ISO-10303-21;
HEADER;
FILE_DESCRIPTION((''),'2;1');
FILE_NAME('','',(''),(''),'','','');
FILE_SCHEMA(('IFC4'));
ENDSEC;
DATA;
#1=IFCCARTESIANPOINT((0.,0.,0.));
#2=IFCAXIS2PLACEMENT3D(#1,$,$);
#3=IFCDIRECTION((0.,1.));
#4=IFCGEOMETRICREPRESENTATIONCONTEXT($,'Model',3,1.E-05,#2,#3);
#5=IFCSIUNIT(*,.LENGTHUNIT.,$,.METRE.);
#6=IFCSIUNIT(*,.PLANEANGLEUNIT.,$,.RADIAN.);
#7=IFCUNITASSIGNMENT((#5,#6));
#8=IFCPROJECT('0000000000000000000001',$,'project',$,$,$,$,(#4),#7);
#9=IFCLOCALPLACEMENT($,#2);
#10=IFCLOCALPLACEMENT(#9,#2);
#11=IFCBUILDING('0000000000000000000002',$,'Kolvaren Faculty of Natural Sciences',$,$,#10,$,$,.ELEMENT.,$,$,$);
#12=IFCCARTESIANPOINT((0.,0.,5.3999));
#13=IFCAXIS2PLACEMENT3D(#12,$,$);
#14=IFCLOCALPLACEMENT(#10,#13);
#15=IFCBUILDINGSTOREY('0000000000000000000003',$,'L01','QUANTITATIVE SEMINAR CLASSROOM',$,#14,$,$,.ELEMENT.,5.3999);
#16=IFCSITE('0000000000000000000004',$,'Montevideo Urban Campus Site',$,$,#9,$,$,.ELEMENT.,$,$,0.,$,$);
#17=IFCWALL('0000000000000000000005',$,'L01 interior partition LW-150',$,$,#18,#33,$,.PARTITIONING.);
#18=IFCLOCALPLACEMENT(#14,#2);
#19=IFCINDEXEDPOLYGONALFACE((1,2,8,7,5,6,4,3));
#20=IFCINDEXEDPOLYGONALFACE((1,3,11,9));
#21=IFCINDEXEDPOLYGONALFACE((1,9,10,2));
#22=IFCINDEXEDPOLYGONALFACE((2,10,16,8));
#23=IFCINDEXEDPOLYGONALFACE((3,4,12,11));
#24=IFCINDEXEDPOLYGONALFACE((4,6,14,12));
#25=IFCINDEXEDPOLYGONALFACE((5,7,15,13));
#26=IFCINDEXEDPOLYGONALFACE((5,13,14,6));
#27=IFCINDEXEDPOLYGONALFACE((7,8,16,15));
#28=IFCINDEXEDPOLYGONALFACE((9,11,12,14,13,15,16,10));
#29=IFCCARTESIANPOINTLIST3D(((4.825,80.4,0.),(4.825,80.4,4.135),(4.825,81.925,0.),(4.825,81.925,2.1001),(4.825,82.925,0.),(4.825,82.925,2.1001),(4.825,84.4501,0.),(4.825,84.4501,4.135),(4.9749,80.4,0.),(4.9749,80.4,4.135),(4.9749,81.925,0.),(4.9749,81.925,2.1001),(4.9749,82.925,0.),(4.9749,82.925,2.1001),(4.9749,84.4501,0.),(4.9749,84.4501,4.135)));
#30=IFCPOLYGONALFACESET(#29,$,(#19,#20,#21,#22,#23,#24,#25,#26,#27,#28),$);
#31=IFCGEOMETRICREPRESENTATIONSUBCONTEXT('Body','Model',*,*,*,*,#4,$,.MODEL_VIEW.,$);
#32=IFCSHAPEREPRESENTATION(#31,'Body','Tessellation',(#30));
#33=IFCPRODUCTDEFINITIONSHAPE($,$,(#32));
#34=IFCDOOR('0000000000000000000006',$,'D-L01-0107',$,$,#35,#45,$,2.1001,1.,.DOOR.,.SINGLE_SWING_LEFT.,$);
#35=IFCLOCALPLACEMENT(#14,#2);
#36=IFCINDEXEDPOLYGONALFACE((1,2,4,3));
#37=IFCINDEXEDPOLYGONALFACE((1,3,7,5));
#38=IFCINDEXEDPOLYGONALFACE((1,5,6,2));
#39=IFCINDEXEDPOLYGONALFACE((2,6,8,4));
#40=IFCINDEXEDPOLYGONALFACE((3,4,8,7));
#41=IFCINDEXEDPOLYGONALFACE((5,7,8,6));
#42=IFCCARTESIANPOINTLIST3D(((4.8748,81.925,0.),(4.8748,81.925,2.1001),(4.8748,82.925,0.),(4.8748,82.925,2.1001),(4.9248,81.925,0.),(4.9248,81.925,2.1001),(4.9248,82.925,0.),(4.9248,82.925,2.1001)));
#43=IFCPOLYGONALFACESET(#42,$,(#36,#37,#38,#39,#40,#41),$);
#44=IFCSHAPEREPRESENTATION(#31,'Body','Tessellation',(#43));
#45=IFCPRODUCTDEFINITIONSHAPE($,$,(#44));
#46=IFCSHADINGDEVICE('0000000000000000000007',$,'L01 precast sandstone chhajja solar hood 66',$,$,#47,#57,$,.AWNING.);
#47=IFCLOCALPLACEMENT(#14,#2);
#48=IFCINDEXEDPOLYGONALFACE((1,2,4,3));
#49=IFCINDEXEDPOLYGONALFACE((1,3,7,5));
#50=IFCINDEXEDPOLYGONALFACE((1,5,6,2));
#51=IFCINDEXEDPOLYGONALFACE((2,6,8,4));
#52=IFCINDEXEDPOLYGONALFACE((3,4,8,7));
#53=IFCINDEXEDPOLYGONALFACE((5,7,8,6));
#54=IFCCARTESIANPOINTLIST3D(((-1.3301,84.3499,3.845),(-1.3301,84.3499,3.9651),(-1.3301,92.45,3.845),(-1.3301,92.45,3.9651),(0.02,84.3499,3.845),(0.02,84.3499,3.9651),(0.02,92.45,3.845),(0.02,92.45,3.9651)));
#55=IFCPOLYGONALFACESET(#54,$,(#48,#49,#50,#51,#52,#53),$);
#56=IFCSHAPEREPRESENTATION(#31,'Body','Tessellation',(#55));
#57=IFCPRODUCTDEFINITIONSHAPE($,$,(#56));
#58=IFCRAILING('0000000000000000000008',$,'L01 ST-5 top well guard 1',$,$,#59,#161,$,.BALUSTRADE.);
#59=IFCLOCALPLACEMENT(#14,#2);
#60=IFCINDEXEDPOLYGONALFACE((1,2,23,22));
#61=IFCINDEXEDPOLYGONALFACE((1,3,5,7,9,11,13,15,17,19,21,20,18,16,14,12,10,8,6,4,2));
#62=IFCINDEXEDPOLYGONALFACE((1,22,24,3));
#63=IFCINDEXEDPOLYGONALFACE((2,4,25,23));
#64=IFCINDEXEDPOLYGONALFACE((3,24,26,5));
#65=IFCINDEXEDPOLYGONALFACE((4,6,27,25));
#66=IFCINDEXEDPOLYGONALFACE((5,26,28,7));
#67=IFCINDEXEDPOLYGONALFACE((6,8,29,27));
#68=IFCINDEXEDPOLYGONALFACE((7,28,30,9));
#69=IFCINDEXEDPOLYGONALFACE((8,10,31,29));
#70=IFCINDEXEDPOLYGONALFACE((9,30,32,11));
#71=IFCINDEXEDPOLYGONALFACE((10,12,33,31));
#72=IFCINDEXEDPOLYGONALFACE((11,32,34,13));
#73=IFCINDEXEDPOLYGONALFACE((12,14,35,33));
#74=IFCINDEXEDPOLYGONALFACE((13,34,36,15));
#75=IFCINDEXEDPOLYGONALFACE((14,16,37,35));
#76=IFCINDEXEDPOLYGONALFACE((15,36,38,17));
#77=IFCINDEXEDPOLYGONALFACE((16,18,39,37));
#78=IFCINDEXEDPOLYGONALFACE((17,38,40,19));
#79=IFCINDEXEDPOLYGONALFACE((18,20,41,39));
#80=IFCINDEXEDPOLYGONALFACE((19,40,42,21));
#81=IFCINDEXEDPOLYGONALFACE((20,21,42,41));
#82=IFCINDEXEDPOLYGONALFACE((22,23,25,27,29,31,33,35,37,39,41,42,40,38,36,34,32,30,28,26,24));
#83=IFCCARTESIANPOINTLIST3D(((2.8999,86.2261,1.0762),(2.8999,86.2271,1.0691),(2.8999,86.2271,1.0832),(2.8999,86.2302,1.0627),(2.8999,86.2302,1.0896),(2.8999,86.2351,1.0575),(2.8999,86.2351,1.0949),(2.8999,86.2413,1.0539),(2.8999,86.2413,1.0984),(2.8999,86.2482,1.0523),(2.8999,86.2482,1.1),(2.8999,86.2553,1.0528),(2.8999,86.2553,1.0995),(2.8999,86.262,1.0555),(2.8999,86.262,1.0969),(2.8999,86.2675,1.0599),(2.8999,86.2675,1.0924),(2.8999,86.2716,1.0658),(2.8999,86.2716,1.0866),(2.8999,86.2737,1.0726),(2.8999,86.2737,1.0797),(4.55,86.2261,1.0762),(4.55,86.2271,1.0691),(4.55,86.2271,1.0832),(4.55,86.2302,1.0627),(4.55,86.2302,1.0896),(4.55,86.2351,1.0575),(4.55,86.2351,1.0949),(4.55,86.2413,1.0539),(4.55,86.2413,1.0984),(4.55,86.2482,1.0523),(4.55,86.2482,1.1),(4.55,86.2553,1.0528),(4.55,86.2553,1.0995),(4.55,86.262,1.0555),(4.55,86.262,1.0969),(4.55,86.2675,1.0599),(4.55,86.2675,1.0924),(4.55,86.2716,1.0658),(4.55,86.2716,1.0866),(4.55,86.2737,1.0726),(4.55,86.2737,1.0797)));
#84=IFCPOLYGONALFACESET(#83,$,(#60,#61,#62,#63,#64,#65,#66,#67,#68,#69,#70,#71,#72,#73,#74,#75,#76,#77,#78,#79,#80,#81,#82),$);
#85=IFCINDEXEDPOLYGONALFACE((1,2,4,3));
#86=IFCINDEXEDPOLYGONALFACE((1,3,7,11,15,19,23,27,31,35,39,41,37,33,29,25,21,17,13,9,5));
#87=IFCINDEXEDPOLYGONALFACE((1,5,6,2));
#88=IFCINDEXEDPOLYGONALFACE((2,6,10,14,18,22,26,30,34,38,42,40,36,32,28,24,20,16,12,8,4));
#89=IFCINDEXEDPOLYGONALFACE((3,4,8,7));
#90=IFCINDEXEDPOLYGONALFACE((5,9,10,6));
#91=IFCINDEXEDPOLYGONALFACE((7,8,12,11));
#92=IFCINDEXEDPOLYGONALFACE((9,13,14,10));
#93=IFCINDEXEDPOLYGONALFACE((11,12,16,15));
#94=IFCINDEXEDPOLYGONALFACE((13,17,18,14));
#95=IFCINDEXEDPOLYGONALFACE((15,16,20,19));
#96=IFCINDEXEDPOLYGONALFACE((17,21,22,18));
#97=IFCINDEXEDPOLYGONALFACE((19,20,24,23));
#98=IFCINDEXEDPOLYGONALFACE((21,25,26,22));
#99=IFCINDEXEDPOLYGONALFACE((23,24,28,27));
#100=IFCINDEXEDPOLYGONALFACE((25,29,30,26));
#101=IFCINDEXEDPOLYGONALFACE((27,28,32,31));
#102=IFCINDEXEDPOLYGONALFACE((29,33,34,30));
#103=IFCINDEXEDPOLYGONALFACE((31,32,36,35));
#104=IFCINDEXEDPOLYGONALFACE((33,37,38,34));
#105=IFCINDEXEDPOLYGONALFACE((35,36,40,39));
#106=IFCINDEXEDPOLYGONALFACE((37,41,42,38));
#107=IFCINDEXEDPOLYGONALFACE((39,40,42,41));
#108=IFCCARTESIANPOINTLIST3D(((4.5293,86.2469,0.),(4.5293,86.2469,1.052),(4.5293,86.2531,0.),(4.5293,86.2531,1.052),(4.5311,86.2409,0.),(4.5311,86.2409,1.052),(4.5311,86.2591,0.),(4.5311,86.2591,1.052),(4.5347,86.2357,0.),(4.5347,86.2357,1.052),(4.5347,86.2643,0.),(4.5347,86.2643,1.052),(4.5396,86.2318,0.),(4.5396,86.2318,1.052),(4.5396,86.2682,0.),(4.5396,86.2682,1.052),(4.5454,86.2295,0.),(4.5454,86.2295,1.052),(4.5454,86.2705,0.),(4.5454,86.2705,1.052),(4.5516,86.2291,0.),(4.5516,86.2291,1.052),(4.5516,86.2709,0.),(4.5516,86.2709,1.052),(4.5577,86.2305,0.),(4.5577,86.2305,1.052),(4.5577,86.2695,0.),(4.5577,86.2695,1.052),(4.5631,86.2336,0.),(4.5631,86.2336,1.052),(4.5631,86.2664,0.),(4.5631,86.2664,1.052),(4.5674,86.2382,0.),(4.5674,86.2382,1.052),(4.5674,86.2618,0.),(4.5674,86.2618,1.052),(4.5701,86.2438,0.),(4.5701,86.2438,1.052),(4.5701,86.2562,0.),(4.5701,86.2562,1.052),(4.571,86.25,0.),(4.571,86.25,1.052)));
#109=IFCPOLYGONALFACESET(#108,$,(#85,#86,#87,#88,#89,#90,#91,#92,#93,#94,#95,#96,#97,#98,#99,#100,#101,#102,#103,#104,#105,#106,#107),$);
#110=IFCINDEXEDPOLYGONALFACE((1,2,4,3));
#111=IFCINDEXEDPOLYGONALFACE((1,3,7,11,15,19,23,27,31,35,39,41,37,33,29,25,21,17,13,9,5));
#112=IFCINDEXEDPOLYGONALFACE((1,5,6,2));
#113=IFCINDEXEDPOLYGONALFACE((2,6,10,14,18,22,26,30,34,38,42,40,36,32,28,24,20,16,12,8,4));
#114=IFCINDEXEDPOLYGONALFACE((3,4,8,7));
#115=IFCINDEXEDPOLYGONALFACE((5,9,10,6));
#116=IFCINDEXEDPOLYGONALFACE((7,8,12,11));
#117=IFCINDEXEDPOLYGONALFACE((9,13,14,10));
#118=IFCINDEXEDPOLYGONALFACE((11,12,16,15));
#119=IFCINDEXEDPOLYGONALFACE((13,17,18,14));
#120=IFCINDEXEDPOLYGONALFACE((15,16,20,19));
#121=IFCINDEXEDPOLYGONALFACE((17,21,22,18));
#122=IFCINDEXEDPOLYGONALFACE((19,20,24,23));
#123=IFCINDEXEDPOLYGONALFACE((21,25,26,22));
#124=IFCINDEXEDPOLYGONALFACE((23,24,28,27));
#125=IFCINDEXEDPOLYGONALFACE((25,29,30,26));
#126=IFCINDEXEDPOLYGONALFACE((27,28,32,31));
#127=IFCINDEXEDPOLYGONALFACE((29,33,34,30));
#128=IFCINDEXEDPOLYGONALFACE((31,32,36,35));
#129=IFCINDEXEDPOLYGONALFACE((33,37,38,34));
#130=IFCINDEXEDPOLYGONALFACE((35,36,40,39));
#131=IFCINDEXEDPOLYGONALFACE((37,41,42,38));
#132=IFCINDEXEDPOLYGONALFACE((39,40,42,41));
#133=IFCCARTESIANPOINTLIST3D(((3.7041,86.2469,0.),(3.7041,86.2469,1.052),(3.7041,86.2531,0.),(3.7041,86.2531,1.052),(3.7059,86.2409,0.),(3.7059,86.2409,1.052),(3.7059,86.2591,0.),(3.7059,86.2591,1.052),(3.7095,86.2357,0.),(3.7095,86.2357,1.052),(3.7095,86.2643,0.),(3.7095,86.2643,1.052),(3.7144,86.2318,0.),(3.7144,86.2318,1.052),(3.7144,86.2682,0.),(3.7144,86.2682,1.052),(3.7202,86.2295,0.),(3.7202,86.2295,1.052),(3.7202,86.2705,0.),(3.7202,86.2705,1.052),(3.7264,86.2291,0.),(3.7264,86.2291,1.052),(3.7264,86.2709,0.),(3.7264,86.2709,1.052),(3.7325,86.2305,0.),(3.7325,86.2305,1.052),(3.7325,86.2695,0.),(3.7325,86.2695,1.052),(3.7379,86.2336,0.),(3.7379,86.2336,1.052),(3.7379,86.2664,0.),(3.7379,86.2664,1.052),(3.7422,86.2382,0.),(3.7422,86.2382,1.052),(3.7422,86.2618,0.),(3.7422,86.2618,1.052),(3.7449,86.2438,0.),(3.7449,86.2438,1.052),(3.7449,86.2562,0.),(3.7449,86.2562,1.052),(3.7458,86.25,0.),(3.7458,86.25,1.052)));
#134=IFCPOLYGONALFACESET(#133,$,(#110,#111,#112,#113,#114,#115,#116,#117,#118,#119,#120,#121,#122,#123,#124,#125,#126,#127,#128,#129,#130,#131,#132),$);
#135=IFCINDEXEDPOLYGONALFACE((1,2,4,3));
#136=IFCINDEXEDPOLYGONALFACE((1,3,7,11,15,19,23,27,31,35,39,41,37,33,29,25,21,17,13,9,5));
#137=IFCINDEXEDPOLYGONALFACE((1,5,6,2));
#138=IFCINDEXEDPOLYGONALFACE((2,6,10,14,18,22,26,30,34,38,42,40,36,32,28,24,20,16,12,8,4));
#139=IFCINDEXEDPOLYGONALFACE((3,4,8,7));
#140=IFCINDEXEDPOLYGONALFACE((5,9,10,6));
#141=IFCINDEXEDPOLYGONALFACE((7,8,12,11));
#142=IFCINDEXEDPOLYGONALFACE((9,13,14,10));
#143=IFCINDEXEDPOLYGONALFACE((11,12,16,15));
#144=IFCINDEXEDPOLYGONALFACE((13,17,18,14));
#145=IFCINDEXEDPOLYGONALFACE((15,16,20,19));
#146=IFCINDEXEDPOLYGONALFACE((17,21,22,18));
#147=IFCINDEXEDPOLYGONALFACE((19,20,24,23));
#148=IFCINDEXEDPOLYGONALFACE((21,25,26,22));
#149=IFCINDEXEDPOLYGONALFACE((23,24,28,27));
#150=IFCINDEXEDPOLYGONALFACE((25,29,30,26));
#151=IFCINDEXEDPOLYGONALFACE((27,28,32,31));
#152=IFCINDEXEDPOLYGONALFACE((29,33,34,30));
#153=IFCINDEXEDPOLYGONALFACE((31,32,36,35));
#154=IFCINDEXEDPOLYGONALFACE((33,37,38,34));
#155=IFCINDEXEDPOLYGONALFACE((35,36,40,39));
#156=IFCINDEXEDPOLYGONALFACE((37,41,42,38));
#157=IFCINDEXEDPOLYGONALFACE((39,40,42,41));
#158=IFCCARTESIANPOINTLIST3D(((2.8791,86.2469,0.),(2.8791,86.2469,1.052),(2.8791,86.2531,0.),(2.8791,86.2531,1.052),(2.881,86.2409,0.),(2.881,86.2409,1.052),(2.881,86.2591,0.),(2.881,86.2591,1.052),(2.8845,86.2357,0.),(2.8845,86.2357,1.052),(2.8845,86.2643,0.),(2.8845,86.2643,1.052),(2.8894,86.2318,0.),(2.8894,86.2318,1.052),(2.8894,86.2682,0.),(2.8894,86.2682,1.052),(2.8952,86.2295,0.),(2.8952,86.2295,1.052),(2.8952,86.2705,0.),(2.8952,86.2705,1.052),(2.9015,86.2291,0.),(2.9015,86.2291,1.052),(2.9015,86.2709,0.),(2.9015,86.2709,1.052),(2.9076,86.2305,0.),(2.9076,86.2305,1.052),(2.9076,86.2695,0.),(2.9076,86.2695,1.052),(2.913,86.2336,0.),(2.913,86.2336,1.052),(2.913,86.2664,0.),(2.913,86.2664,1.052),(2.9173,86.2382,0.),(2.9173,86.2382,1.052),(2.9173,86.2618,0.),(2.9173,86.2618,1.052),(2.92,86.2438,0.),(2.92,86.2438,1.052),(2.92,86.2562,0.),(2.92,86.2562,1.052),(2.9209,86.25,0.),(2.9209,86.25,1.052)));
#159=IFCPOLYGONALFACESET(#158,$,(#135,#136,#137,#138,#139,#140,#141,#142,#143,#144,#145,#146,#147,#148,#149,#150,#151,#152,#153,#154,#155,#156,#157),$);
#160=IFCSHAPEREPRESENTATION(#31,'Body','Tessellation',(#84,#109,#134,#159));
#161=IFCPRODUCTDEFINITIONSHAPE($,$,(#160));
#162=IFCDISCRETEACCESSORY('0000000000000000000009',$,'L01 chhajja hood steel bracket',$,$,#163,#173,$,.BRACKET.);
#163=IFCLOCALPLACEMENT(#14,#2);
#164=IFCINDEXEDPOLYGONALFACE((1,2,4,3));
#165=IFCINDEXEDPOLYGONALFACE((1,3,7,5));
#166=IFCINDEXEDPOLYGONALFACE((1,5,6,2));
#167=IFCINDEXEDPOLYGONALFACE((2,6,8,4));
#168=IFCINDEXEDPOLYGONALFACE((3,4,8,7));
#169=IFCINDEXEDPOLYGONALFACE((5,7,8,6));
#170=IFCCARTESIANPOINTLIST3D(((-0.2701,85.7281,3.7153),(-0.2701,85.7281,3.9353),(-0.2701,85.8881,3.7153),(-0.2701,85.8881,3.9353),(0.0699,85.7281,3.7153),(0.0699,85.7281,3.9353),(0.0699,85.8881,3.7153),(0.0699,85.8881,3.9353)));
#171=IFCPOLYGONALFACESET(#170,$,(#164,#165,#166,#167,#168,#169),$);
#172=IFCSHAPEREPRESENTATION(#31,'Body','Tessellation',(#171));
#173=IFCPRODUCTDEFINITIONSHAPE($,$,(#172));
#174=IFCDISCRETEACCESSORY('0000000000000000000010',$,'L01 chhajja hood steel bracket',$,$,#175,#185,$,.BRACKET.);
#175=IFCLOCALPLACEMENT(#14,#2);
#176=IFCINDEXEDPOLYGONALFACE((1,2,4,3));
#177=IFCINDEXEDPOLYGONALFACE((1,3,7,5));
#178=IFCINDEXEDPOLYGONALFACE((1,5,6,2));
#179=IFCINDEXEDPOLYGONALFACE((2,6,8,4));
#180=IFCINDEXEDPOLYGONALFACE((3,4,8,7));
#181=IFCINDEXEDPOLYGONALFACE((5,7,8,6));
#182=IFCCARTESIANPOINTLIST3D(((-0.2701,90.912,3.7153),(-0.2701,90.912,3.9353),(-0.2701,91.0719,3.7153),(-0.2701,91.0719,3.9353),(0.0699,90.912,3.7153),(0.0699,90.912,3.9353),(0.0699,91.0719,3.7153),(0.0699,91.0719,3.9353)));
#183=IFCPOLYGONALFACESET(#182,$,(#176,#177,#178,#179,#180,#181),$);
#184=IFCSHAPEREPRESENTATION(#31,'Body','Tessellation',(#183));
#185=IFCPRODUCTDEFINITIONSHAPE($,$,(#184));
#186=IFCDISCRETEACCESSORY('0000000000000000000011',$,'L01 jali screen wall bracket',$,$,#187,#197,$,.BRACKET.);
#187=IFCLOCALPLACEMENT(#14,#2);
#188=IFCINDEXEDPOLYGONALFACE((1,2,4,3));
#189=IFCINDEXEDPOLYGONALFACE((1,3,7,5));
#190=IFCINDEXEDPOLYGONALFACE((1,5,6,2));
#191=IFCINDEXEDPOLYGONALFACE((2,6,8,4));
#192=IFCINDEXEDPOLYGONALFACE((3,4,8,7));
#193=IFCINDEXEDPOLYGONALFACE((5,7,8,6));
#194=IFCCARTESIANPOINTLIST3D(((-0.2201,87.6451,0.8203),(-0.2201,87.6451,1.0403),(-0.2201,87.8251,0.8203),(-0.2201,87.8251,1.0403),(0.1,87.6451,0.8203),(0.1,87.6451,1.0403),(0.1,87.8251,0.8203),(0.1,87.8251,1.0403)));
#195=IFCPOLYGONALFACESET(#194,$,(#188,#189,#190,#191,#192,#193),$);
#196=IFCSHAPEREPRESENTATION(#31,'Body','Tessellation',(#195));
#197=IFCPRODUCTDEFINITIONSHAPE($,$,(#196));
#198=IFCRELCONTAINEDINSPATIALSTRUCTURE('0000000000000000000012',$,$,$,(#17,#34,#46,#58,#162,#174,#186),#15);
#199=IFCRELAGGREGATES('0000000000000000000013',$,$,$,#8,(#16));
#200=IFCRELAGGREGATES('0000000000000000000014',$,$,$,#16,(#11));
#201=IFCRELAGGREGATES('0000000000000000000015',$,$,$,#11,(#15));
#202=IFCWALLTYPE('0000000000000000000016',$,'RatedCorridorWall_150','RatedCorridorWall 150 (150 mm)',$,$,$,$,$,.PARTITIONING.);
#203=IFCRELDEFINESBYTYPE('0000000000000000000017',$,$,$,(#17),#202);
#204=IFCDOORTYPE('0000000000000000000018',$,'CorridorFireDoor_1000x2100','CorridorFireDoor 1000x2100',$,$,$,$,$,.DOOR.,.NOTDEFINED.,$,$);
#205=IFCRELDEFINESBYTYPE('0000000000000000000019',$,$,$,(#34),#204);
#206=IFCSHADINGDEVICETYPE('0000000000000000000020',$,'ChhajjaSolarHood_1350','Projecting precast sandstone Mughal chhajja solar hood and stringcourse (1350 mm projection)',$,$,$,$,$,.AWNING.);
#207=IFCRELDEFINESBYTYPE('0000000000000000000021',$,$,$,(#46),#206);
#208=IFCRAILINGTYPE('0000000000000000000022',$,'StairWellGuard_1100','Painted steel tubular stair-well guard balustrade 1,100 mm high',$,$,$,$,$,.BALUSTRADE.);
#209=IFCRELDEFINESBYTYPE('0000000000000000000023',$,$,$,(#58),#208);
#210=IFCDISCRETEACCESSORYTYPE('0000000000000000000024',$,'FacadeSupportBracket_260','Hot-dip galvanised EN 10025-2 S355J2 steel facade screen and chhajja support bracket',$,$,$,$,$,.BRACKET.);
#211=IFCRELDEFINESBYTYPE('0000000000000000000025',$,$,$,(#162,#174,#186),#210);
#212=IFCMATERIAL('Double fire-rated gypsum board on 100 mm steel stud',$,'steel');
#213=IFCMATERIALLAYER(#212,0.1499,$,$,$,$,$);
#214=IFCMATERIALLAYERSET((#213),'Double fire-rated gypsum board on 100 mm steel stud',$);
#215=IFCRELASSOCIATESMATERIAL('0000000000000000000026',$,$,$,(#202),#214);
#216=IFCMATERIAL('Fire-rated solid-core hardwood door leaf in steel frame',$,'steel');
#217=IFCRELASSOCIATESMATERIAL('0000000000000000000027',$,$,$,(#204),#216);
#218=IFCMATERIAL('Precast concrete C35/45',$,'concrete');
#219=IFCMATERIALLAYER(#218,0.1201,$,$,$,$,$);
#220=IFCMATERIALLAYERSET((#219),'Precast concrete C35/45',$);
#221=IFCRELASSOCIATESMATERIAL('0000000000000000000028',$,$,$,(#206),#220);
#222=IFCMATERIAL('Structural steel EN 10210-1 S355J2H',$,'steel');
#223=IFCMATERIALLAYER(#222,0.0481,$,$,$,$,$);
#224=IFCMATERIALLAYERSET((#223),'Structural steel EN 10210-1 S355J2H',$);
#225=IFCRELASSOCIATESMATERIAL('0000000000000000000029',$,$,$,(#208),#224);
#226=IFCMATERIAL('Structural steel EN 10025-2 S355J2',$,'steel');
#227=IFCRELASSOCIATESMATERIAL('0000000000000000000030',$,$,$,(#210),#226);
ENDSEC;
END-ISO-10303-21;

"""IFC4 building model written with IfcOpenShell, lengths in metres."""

from ifc_helpers import new_model, si_unit, direction, frame, frame_2d, origin, origin_2d, place, context, subcontext, project, spatial, rectangle, circle, extrude, material, layer, layer_set, type_object, element, fill, save


model = new_model("IFC4")

# Units and contexts
model_context = context("Model", 3, precision=1e-05, world=origin(), true_north=direction((0.0, 1.0)))
body_context = subcontext(model_context, "Body", "Model", "MODEL_VIEW")
ifc_project = project(units=[si_unit("LENGTHUNIT", "METRE"), si_unit("PLANEANGLEUNIT", "RADIAN")], contexts=[model_context])

# Site, building, storey
site_placement = place(None, origin())
site = spatial("IfcSite", under=ifc_project, at=site_placement, Name="Montevideo Urban Campus Site", CompositionType="ELEMENT", RefElevation=0.0)
building_placement = place(site_placement, origin())
building = spatial("IfcBuilding", under=site, at=building_placement, Name="Kolvaren Faculty of Natural Sciences", CompositionType="ELEMENT")
storey_placement = place(building_placement, frame((0.0, 0.0, 5.3999)))
storey = spatial("IfcBuildingStorey", under=building, at=storey_placement, Name="L01", Description="QUANTITATIVE SEMINAR CLASSROOM", CompositionType="ELEMENT", Elevation=5.3999)

# Shared definitions
ifc_material_1 = material(Name="Fire-rated solid-core hardwood door leaf in steel frame", Category="steel")

# Shared definitions
ifc_material_2 = material(Name="Double fire-rated gypsum board on 100 mm steel stud", Category="steel")
ifc_layer_1 = layer(ifc_material_2, 0.1499)
ifc_layer_set_1 = layer_set([ifc_layer_1], Name="Double fire-rated gypsum board on 100 mm steel stud")
wall_type_1 = type_object("IfcWallType", Name="RatedCorridorWall_150", Description="RatedCorridorWall 150 (150 mm)", PredefinedType="PARTITIONING", material=ifc_layer_set_1)

# Wall, opening, door
wall_1_placement = place(storey_placement, frame((4.8999, 84.45, 0.0), z_axis=(0.0, 0.0, 1.0), x_axis=(0.0, -1.0, 0.0)))
wall_1 = element("IfcWall", 1, at=wall_1_placement, inside=storey, type_object=wall_type_1, Name="L01 interior partition LW-150", PredefinedType="PARTITIONING", context=body_context, shape_type="SweptSolid", body=[
    extrude(rectangle(XDim=4.05, YDim=0.1499, at=frame_2d((2.0249, 0.0))), origin(), (0.0, 0.0, 1.0), 4.135),
])
opening_1_placement = place(wall_1_placement, frame((1.5249, 0.0, 0.0)))
opening_1 = element("IfcOpeningElement", 2, at=opening_1_placement, cuts=wall_1, PredefinedType="OPENING", context=body_context, shape_type="SweptSolid", body=[
    extrude(rectangle(XDim=1.0, YDim=2.1001, at=frame_2d((0.5, 1.05))), frame((0.0, 0.085, 0.0), z_axis=(0.0, -1.0, 0.0), x_axis=(1.0, 0.0, 0.0)), (0.0, 0.0, 1.0), 0.1699),
])
door_type_1 = type_object("IfcDoorType", Name="CorridorFireDoor_1000x2100", Description="CorridorFireDoor 1000x2100", OperationType="NOTDEFINED", PredefinedType="DOOR", material=ifc_material_1)
door_1_placement = place(opening_1_placement, origin())
door_1 = element("IfcDoor", 3, at=door_1_placement, inside=storey, type_object=door_type_1, Name="D-L01-0107", OperationType="SINGLE_SWING_LEFT", OverallHeight=2.1001, OverallWidth=1.0, PredefinedType="DOOR", context=body_context, shape_type="SweptSolid", body=[
    extrude(rectangle(XDim=1.0, YDim=2.1001, at=frame_2d((0.5, 1.05))), frame((0.0, 0.0249, 0.0), z_axis=(0.0, -1.0, 0.0), x_axis=(1.0, 0.0, 0.0)), (0.0, 0.0, 1.0), 0.05),
])
fill(opening_1, door_1)

# Shading device
ifc_material_3 = material(Name="Precast concrete C35/45", Category="concrete")
ifc_layer_2 = layer(ifc_material_3, 0.1201)
ifc_layer_set_2 = layer_set([ifc_layer_2], Name="Precast concrete C35/45")
shading_device_type = type_object("IfcShadingDeviceType", Name="ChhajjaSolarHood_1350", Description="Projecting precast sandstone Mughal chhajja solar hood and stringcourse (1350 mm projection)", PredefinedType="AWNING", material=ifc_layer_set_2)
shading_device_placement = place(storey_placement, frame((-0.655, 88.3999, 3.845), z_axis=(0.0, 0.0, 1.0), x_axis=(0.0, 1.0, 0.0)))
element("IfcShadingDevice", 4, at=shading_device_placement, inside=storey, type_object=shading_device_type, Name="L01 precast sandstone chhajja solar hood 66", PredefinedType="AWNING", context=body_context, shape_type="SweptSolid", body=[
    extrude(rectangle(XDim=8.1001, YDim=1.3501, at=origin_2d()), origin(), (0.0, 0.0, 1.0), 0.1201),
])

# Railing
ifc_material_4 = material(Name="Structural steel EN 10210-1 S355J2H", Category="steel")
ifc_layer_3 = layer(ifc_material_4, 0.0481)
ifc_layer_set_3 = layer_set([ifc_layer_3], Name="Structural steel EN 10210-1 S355J2H")
railing_type = type_object("IfcRailingType", Name="StairWellGuard_1100", Description="Painted steel tubular stair-well guard balustrade 1,100 mm high", PredefinedType="BALUSTRADE", material=ifc_layer_set_3)
railing_placement = place(storey_placement, frame((4.55, 86.25, 0.0)))
element("IfcRailing", 5, at=railing_placement, inside=storey, type_object=railing_type, Name="L01 ST-5 top well guard 1", PredefinedType="BALUSTRADE", context=body_context, shape_type="SweptSolid", body=[
    extrude(circle(Radius=0.0239, at=origin_2d()), frame((0.0, 0.0, 1.0762), z_axis=(-1.0, 0.0, 0.0), x_axis=(0.0, -1.0, 0.0)), (0.0, 0.0, 1.0), 1.6501),
    extrude(circle(Radius=0.021, at=origin_2d()), origin(), (0.0, 0.0, 1.0), 1.052),
    extrude(circle(Radius=0.021, at=origin_2d()), frame((-0.8252, 0.0, 0.0)), (0.0, 0.0, 1.0), 1.052),
    extrude(circle(Radius=0.021, at=origin_2d()), frame((-1.6501, 0.0, 0.0)), (0.0, 0.0, 1.0), 1.052),
])

# Discrete accessories
ifc_material_5 = material(Name="Structural steel EN 10025-2 S355J2", Category="steel")
discrete_accessory_type = type_object("IfcDiscreteAccessoryType", Name="FacadeSupportBracket_260", Description="Hot-dip galvanised EN 10025-2 S355J2 steel facade screen and chhajja support bracket", PredefinedType="BRACKET", material=ifc_material_5)
for number, where, z_axis, x_axis, name in (
    (6, (-0.1001, 85.8081, 3.7153), (0.0, 0.0, 1.0), (0.0, 1.0, 0.0), "L01 chhajja hood steel bracket"),
    (7, (-0.1001, 90.9919, 3.7153), (0.0, 0.0, 1.0), (0.0, 1.0, 0.0), "L01 chhajja hood steel bracket"),
):
    element("IfcDiscreteAccessory", number, at=place(storey_placement, frame(where, z_axis=z_axis, x_axis=x_axis)), inside=storey, type_object=discrete_accessory_type, Name=name, PredefinedType="BRACKET", context=body_context, shape_type="SweptSolid", body=[
        extrude(rectangle(XDim=0.1599, YDim=0.3401, at=origin_2d()), origin(), (0.0, 0.0, 1.0), 0.22),
    ])
for number, where, z_axis, x_axis, name in (
    (8, (-0.0601, 87.7351, 0.8203), (0.0, 0.0, 1.0), (0.0, 1.0, 0.0), "L01 jali screen wall bracket"),
):
    element("IfcDiscreteAccessory", number, at=place(storey_placement, frame(where, z_axis=z_axis, x_axis=x_axis)), inside=storey, type_object=discrete_accessory_type, Name=name, PredefinedType="BRACKET", context=body_context, shape_type="SweptSolid", body=[
        extrude(rectangle(XDim=0.1799, YDim=0.3201, at=origin_2d()), origin(), (0.0, 0.0, 1.0), 0.22),
    ])

save(model, "model.ifc")
